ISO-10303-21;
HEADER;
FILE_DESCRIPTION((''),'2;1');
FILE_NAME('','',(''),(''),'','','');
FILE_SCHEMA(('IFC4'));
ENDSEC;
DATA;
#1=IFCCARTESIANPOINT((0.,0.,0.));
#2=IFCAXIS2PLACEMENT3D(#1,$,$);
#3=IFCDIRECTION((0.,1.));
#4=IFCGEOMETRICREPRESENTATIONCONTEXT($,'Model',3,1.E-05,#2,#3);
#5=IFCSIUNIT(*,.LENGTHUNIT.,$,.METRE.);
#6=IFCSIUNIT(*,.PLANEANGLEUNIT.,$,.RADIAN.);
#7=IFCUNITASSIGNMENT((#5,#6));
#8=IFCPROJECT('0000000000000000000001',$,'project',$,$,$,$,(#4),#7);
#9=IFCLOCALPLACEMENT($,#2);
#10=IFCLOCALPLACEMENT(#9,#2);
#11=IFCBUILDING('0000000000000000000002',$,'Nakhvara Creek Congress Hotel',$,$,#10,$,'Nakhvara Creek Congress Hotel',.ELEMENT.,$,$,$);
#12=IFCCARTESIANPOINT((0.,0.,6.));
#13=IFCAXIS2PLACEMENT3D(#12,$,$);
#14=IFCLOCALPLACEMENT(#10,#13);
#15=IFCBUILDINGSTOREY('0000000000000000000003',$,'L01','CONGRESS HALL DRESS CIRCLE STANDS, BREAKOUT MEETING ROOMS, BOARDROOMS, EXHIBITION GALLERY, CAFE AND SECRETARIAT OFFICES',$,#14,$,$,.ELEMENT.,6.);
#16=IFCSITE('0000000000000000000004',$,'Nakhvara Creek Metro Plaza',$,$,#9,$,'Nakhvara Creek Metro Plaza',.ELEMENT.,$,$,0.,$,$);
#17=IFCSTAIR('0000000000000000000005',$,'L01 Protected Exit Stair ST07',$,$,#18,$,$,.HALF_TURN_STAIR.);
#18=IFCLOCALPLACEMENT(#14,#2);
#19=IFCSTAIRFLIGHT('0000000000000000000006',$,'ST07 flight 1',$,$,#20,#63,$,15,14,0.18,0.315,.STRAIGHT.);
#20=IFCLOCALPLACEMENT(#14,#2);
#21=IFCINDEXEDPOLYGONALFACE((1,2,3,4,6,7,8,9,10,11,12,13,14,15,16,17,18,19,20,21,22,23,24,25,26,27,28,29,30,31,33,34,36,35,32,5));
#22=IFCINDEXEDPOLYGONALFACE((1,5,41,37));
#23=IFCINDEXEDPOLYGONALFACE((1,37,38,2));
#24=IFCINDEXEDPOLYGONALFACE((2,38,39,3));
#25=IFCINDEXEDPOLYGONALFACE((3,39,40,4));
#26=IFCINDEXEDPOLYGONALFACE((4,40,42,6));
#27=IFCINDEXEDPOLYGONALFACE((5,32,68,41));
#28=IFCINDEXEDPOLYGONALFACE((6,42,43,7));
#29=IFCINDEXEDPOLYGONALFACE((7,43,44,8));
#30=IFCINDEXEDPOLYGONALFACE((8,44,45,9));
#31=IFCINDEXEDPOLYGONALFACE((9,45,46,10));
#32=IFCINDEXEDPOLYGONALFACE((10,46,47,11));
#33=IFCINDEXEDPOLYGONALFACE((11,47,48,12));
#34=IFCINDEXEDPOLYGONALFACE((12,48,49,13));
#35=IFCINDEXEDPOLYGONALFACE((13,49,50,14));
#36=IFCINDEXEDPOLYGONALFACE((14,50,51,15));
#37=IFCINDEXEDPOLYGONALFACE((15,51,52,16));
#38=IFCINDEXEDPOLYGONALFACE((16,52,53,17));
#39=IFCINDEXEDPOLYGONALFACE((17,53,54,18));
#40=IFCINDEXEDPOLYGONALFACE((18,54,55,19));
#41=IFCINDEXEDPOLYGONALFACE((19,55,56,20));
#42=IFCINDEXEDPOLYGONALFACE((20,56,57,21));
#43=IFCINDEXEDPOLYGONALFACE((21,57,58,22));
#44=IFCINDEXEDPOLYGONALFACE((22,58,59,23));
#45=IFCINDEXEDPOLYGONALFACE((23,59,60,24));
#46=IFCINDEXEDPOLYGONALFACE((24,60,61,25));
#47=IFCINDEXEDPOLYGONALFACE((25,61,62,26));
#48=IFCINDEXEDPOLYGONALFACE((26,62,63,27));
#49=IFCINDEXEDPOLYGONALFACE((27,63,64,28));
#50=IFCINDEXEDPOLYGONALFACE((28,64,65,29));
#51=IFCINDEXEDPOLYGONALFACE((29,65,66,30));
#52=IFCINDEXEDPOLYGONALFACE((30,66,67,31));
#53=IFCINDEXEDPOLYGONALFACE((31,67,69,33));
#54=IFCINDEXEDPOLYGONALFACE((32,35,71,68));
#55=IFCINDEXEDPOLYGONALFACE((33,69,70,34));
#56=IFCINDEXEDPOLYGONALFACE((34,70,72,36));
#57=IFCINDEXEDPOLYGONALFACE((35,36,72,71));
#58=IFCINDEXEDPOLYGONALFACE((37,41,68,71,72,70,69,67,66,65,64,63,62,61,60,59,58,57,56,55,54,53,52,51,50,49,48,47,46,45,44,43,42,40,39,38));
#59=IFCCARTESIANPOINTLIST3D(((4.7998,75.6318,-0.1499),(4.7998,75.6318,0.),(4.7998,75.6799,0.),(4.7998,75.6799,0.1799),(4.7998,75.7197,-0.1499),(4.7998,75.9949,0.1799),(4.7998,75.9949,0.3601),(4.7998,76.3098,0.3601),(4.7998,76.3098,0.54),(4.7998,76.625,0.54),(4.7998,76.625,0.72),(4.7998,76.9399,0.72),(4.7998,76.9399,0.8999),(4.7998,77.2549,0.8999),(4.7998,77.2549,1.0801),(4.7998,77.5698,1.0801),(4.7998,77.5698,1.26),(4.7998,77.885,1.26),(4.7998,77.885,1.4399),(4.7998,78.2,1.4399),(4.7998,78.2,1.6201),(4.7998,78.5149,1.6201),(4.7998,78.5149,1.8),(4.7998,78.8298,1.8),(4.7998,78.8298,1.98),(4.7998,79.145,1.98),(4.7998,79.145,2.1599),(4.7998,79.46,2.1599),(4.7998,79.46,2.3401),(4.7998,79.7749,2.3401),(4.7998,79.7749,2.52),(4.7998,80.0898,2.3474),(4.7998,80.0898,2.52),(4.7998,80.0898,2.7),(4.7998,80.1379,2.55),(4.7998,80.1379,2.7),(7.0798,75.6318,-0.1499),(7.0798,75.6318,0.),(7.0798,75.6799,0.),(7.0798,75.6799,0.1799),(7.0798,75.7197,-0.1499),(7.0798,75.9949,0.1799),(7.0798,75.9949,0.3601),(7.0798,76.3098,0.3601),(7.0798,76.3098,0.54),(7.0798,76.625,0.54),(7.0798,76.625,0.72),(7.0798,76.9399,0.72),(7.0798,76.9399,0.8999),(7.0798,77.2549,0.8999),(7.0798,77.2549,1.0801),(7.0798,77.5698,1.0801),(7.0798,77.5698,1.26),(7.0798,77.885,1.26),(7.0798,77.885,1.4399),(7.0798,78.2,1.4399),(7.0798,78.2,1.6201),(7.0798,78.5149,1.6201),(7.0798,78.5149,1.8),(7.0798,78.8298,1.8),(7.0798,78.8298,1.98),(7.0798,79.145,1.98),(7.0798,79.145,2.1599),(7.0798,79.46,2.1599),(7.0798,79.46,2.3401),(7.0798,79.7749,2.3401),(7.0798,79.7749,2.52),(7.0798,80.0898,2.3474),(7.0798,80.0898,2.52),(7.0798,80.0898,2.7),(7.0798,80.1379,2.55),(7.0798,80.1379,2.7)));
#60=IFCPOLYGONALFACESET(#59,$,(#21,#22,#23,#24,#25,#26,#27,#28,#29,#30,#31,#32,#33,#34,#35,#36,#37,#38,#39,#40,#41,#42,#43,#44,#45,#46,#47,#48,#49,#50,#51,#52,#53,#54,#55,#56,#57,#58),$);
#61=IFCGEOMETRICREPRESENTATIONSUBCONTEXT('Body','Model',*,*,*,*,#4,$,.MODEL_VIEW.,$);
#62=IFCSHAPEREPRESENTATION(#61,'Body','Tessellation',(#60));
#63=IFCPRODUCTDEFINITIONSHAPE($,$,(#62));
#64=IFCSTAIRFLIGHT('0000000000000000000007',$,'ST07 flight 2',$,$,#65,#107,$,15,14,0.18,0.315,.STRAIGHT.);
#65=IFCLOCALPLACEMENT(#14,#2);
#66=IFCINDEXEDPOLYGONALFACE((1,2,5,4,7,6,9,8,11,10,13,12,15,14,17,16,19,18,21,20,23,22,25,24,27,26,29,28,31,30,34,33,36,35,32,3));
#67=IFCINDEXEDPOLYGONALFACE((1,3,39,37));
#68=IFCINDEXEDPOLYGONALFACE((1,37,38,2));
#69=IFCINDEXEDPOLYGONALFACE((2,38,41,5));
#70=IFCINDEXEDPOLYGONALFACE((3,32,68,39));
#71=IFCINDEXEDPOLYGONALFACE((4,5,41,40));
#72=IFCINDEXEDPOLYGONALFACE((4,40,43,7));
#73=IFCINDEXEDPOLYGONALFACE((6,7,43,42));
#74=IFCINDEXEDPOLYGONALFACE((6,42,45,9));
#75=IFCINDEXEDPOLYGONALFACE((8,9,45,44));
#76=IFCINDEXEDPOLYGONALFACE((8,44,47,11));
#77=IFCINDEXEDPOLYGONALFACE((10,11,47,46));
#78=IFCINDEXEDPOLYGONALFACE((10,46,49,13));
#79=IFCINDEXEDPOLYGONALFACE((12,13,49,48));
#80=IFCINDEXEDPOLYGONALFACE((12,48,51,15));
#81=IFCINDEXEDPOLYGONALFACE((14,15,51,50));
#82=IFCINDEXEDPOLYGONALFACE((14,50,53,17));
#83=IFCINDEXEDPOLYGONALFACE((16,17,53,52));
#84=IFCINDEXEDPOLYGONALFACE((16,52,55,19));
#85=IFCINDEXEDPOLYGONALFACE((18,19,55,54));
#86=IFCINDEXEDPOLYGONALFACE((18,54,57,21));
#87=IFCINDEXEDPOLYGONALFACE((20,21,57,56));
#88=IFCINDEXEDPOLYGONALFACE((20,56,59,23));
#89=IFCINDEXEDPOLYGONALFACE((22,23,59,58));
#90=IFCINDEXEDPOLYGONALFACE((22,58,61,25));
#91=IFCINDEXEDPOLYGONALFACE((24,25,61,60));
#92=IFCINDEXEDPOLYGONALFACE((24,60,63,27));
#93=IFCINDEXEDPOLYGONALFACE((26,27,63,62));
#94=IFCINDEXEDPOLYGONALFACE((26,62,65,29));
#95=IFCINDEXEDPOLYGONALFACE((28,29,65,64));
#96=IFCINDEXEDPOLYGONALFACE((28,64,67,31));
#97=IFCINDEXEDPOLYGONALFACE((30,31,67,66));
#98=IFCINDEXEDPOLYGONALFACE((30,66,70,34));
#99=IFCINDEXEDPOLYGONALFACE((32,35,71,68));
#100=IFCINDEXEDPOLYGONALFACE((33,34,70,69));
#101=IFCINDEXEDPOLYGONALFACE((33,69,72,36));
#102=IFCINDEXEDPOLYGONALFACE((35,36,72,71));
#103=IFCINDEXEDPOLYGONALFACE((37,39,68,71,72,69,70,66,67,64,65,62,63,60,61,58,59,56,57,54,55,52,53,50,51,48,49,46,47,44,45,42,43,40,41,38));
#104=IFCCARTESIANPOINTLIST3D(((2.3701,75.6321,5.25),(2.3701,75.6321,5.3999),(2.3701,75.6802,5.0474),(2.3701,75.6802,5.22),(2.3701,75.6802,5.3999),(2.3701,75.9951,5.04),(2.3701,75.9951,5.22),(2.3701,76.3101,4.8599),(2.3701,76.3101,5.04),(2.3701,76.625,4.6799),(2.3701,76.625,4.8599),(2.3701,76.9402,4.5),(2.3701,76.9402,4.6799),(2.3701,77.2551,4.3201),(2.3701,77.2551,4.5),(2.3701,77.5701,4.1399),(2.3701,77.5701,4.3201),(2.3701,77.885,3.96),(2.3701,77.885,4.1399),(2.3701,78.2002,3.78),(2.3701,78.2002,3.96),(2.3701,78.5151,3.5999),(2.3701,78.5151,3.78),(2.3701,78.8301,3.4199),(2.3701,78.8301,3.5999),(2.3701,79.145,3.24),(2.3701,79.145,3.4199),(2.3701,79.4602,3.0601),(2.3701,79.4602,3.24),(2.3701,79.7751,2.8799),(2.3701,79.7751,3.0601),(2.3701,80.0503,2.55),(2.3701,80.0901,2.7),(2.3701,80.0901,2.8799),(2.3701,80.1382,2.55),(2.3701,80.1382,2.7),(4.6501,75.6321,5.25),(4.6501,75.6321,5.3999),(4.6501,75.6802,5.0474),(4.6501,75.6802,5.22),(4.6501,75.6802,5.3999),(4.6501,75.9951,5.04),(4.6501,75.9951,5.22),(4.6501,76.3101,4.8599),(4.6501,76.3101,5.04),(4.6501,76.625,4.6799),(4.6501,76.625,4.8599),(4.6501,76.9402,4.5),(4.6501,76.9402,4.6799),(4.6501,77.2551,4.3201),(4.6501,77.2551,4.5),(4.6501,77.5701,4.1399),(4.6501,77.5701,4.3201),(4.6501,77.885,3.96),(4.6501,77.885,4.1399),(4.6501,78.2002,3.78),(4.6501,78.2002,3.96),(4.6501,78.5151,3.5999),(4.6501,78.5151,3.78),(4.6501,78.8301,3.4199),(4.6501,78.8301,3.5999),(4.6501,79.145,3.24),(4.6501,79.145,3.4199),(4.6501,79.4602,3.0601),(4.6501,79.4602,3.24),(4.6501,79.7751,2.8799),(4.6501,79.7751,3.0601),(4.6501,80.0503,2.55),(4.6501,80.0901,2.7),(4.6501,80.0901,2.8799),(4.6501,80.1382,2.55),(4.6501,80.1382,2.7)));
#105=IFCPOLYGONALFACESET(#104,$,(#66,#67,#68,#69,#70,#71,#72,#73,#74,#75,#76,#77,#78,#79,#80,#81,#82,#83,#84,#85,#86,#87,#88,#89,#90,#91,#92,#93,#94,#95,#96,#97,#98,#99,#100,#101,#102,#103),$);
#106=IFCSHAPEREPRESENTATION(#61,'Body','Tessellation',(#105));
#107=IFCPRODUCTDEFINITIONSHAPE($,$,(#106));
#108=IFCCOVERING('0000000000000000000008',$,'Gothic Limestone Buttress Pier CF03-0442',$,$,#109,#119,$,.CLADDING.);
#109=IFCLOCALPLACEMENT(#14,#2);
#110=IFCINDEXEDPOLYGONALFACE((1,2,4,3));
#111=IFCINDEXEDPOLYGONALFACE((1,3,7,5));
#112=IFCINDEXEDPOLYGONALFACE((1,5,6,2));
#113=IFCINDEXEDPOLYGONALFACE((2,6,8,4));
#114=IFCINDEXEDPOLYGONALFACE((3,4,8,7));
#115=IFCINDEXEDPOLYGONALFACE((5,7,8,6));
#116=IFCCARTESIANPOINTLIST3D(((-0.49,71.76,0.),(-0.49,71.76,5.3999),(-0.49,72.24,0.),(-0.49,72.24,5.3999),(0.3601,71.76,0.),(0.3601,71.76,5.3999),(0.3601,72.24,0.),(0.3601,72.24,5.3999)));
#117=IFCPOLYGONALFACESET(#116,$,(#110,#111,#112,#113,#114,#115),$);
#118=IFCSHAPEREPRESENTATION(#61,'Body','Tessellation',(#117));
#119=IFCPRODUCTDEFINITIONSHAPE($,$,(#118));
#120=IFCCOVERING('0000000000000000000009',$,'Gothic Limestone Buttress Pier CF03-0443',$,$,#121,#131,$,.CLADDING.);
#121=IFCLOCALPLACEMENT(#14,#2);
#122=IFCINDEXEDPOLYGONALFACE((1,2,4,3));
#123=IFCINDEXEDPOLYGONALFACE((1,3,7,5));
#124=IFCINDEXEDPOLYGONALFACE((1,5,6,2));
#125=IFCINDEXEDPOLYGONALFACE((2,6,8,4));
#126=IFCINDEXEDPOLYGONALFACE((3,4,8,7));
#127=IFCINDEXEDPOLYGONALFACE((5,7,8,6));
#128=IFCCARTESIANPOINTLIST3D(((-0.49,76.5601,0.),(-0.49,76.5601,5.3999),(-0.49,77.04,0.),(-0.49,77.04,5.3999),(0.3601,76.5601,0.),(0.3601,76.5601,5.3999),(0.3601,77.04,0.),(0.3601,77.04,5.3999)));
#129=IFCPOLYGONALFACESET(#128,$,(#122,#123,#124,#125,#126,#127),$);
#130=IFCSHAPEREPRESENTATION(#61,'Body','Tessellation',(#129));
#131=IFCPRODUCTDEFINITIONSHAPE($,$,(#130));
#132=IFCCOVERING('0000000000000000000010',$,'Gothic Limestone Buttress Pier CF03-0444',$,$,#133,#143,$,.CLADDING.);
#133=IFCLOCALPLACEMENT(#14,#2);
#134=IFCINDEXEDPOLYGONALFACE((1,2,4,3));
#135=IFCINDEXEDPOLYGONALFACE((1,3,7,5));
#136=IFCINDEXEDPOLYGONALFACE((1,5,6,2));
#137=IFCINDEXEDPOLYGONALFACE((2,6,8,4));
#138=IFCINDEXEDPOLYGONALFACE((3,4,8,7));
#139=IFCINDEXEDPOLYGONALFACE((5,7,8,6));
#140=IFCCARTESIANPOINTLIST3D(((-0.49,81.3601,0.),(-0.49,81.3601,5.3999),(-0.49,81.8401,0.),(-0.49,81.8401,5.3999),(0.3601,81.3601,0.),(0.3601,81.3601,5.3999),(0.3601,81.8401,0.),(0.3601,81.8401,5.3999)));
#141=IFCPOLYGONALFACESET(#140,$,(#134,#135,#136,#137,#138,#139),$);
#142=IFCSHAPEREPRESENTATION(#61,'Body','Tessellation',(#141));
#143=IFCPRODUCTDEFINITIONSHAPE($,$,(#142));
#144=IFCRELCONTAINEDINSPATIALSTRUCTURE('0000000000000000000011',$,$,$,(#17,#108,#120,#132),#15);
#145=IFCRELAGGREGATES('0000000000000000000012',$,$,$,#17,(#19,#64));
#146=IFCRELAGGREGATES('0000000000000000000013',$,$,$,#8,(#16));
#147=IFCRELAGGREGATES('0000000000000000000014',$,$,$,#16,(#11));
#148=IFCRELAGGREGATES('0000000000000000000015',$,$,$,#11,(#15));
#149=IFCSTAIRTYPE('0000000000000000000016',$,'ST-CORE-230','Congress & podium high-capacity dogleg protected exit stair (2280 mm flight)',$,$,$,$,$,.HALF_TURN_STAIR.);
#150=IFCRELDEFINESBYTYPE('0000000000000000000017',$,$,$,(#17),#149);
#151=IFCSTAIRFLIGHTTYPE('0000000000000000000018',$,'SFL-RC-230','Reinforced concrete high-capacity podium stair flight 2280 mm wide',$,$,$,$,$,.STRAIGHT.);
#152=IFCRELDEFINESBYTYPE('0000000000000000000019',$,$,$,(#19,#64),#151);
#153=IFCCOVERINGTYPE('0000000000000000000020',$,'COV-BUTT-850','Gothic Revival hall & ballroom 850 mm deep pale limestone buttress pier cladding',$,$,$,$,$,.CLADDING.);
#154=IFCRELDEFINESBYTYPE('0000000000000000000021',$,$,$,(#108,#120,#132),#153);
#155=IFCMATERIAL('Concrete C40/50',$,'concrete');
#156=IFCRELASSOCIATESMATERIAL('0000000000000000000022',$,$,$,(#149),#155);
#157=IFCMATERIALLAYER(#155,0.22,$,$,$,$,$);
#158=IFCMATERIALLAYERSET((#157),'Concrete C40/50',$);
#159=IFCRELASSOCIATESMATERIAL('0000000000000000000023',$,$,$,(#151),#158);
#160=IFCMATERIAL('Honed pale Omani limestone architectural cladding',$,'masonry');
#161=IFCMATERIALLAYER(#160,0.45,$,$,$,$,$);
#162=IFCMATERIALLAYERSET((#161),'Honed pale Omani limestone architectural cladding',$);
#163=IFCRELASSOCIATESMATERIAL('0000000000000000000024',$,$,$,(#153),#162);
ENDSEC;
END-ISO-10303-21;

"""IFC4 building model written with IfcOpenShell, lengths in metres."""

from ifc_helpers import new_model, si_unit, direction, frame, origin, origin_2d, place, context, subcontext, project, spatial, polyline, rectangle, outline, extrude, material, layer, layer_set, type_object, element, aggregate, save


model = new_model("IFC4")

# Units and contexts
model_context = context("Model", 3, precision=1e-05, world=origin(), true_north=direction((0.0, 1.0)))
body_context = subcontext(model_context, "Body", "Model", "MODEL_VIEW")
ifc_project = project(units=[si_unit("LENGTHUNIT", "METRE"), si_unit("PLANEANGLEUNIT", "RADIAN")], contexts=[model_context])

# Site, building, storey
site_placement = place(None, origin())
site = spatial("IfcSite", under=ifc_project, at=site_placement, Name="Nakhvara Creek Metro Plaza", LongName="Nakhvara Creek Metro Plaza", CompositionType="ELEMENT", RefElevation=0.0)
building_placement = place(site_placement, origin())
building = spatial("IfcBuilding", under=site, at=building_placement, Name="Nakhvara Creek Congress Hotel", LongName="Nakhvara Creek Congress Hotel", CompositionType="ELEMENT")
storey_placement = place(building_placement, frame((0.0, 0.0, 6.0)))
storey = spatial("IfcBuildingStorey", under=building, at=storey_placement, Name="L01", Description="CONGRESS HALL DRESS CIRCLE STANDS, BREAKOUT MEETING ROOMS, BOARDROOMS, EXHIBITION GALLERY, CAFE AND SECRETARIAT OFFICES", CompositionType="ELEMENT", Elevation=6.0)

# Shared definitions
ifc_material_1 = material(Name="Concrete C40/50", Category="concrete")

# Stair, stair flights
stair_type = type_object("IfcStairType", Name="ST-CORE-230", Description="Congress & podium high-capacity dogleg protected exit stair (2280 mm flight)", PredefinedType="HALF_TURN_STAIR", material=ifc_material_1)
stair_placement = place(storey_placement, origin())
stair = element("IfcStair", 1, at=stair_placement, inside=storey, type_object=stair_type, Name="L01 Protected Exit Stair ST07", PredefinedType="HALF_TURN_STAIR")
ifc_layer_1 = layer(ifc_material_1, 0.22)
ifc_layer_set_1 = layer_set([ifc_layer_1], Name="Concrete C40/50")
stair_flight_type = type_object("IfcStairFlightType", Name="SFL-RC-230", Description="Reinforced concrete high-capacity podium stair flight 2280 mm wide", PredefinedType="STRAIGHT", material=ifc_layer_set_1)
stair_flight_1_placement = place(storey_placement, frame((5.9399, 75.6799, 0.0), z_axis=(0.0, 0.0, 1.0), x_axis=(0.0, 1.0, 0.0)))
stair_flight_1 = element("IfcStairFlight", 2, at=stair_flight_1_placement, type_object=stair_flight_type, Name="ST07 flight 1", NumberOfRisers=15, NumberOfTreads=14, PredefinedType="STRAIGHT", RiserHeight=0.18, TreadLength=0.315, context=body_context, shape_type="SweptSolid", body=[
    extrude(outline(polyline([(-0.0481, 0.0), (0.0, 0.0), (0.0, 0.1799), (0.3149, 0.1799), (0.3149, 0.3601), (0.6299, 0.3601), (0.6299, 0.54), (0.9451, 0.54), (0.9451, 0.72), (1.26, 0.72), (1.26, 0.8999), (1.575, 0.8999), (1.575, 1.0801), (1.8899, 1.0801), (1.8899, 1.26), (2.2051, 1.26), (2.2051, 1.4399), (2.52, 1.4399), (2.52, 1.6201), (2.835, 1.6201), (2.835, 1.8), (3.1499, 1.8), (3.1499, 1.98), (3.4651, 1.98), (3.4651, 2.1599), (3.78, 2.1599), (3.78, 2.3401), (4.095, 2.3401), (4.095, 2.52), (4.4099, 2.52), (4.4099, 2.7), (4.458, 2.7), (4.458, 2.55), (4.4099, 2.3474), (0.0398, -0.1499), (-0.0481, -0.1499), (-0.0481, 0.0)])), frame((0.0, 1.1401, 0.0), z_axis=(0.0, -1.0, 0.0), x_axis=(1.0, 0.0, 0.0)), (0.0, 0.0, 1.0), 2.28),
])
stair_flight_2_placement = place(storey_placement, frame((3.51, 80.0901, 2.7), z_axis=(0.0, 0.0, 1.0), x_axis=(0.0, -1.0, 0.0)))
stair_flight_2 = element("IfcStairFlight", 3, at=stair_flight_2_placement, type_object=stair_flight_type, Name="ST07 flight 2", NumberOfRisers=15, NumberOfTreads=14, PredefinedType="STRAIGHT", RiserHeight=0.18, TreadLength=0.315, context=body_context, shape_type="SweptSolid", body=[
    extrude(outline(polyline([(-0.0481, 0.0), (0.0, 0.0), (0.0, 0.1799), (0.3149, 0.1799), (0.3149, 0.3601), (0.6299, 0.3601), (0.6299, 0.54), (0.9451, 0.54), (0.9451, 0.72), (1.26, 0.72), (1.26, 0.8999), (1.575, 0.8999), (1.575, 1.0801), (1.8899, 1.0801), (1.8899, 1.26), (2.2051, 1.26), (2.2051, 1.4399), (2.52, 1.4399), (2.52, 1.6201), (2.835, 1.6201), (2.835, 1.8), (3.1499, 1.8), (3.1499, 1.98), (3.4651, 1.98), (3.4651, 2.1599), (3.78, 2.1599), (3.78, 2.3401), (4.095, 2.3401), (4.095, 2.52), (4.4099, 2.52), (4.4099, 2.7), (4.458, 2.7), (4.458, 2.55), (4.4099, 2.3474), (0.0398, -0.1499), (-0.0481, -0.1499), (-0.0481, 0.0)])), frame((0.0, 1.1401, 0.0), z_axis=(0.0, -1.0, 0.0), x_axis=(1.0, 0.0, 0.0)), (0.0, 0.0, 1.0), 2.28),
])
aggregate(stair, [stair_flight_1, stair_flight_2])

# Coverings
ifc_material_2 = material(Name="Honed pale Omani limestone architectural cladding", Category="masonry")
ifc_layer_2 = layer(ifc_material_2, 0.45)
ifc_layer_set_2 = layer_set([ifc_layer_2], Name="Honed pale Omani limestone architectural cladding")
covering_type = type_object("IfcCoveringType", Name="COV-BUTT-850", Description="Gothic Revival hall & ballroom 850 mm deep pale limestone buttress pier cladding", PredefinedType="CLADDING", material=ifc_layer_set_2)
for number, where, z_axis, x_axis, name in (
    (4, (-0.0649, 72.0, 0.0), (0.0, 0.0, 1.0), (0.0, 1.0, 0.0), "Gothic Limestone Buttress Pier CF03-0442"),
    (5, (-0.0649, 76.8, 0.0), (0.0, 0.0, 1.0), (0.0, 1.0, 0.0), "Gothic Limestone Buttress Pier CF03-0443"),
    (6, (-0.0649, 81.6001, 0.0), (0.0, 0.0, 1.0), (0.0, 1.0, 0.0), "Gothic Limestone Buttress Pier CF03-0444"),
):
    element("IfcCovering", number, at=place(storey_placement, frame(where, z_axis=z_axis, x_axis=x_axis)), inside=storey, type_object=covering_type, Name=name, PredefinedType="CLADDING", context=body_context, shape_type="SweptSolid", body=[
        extrude(rectangle(XDim=0.48, YDim=0.8501, at=origin_2d()), origin(), (0.0, 0.0, 1.0), 5.3999),
    ])

save(model, "model.ifc")
